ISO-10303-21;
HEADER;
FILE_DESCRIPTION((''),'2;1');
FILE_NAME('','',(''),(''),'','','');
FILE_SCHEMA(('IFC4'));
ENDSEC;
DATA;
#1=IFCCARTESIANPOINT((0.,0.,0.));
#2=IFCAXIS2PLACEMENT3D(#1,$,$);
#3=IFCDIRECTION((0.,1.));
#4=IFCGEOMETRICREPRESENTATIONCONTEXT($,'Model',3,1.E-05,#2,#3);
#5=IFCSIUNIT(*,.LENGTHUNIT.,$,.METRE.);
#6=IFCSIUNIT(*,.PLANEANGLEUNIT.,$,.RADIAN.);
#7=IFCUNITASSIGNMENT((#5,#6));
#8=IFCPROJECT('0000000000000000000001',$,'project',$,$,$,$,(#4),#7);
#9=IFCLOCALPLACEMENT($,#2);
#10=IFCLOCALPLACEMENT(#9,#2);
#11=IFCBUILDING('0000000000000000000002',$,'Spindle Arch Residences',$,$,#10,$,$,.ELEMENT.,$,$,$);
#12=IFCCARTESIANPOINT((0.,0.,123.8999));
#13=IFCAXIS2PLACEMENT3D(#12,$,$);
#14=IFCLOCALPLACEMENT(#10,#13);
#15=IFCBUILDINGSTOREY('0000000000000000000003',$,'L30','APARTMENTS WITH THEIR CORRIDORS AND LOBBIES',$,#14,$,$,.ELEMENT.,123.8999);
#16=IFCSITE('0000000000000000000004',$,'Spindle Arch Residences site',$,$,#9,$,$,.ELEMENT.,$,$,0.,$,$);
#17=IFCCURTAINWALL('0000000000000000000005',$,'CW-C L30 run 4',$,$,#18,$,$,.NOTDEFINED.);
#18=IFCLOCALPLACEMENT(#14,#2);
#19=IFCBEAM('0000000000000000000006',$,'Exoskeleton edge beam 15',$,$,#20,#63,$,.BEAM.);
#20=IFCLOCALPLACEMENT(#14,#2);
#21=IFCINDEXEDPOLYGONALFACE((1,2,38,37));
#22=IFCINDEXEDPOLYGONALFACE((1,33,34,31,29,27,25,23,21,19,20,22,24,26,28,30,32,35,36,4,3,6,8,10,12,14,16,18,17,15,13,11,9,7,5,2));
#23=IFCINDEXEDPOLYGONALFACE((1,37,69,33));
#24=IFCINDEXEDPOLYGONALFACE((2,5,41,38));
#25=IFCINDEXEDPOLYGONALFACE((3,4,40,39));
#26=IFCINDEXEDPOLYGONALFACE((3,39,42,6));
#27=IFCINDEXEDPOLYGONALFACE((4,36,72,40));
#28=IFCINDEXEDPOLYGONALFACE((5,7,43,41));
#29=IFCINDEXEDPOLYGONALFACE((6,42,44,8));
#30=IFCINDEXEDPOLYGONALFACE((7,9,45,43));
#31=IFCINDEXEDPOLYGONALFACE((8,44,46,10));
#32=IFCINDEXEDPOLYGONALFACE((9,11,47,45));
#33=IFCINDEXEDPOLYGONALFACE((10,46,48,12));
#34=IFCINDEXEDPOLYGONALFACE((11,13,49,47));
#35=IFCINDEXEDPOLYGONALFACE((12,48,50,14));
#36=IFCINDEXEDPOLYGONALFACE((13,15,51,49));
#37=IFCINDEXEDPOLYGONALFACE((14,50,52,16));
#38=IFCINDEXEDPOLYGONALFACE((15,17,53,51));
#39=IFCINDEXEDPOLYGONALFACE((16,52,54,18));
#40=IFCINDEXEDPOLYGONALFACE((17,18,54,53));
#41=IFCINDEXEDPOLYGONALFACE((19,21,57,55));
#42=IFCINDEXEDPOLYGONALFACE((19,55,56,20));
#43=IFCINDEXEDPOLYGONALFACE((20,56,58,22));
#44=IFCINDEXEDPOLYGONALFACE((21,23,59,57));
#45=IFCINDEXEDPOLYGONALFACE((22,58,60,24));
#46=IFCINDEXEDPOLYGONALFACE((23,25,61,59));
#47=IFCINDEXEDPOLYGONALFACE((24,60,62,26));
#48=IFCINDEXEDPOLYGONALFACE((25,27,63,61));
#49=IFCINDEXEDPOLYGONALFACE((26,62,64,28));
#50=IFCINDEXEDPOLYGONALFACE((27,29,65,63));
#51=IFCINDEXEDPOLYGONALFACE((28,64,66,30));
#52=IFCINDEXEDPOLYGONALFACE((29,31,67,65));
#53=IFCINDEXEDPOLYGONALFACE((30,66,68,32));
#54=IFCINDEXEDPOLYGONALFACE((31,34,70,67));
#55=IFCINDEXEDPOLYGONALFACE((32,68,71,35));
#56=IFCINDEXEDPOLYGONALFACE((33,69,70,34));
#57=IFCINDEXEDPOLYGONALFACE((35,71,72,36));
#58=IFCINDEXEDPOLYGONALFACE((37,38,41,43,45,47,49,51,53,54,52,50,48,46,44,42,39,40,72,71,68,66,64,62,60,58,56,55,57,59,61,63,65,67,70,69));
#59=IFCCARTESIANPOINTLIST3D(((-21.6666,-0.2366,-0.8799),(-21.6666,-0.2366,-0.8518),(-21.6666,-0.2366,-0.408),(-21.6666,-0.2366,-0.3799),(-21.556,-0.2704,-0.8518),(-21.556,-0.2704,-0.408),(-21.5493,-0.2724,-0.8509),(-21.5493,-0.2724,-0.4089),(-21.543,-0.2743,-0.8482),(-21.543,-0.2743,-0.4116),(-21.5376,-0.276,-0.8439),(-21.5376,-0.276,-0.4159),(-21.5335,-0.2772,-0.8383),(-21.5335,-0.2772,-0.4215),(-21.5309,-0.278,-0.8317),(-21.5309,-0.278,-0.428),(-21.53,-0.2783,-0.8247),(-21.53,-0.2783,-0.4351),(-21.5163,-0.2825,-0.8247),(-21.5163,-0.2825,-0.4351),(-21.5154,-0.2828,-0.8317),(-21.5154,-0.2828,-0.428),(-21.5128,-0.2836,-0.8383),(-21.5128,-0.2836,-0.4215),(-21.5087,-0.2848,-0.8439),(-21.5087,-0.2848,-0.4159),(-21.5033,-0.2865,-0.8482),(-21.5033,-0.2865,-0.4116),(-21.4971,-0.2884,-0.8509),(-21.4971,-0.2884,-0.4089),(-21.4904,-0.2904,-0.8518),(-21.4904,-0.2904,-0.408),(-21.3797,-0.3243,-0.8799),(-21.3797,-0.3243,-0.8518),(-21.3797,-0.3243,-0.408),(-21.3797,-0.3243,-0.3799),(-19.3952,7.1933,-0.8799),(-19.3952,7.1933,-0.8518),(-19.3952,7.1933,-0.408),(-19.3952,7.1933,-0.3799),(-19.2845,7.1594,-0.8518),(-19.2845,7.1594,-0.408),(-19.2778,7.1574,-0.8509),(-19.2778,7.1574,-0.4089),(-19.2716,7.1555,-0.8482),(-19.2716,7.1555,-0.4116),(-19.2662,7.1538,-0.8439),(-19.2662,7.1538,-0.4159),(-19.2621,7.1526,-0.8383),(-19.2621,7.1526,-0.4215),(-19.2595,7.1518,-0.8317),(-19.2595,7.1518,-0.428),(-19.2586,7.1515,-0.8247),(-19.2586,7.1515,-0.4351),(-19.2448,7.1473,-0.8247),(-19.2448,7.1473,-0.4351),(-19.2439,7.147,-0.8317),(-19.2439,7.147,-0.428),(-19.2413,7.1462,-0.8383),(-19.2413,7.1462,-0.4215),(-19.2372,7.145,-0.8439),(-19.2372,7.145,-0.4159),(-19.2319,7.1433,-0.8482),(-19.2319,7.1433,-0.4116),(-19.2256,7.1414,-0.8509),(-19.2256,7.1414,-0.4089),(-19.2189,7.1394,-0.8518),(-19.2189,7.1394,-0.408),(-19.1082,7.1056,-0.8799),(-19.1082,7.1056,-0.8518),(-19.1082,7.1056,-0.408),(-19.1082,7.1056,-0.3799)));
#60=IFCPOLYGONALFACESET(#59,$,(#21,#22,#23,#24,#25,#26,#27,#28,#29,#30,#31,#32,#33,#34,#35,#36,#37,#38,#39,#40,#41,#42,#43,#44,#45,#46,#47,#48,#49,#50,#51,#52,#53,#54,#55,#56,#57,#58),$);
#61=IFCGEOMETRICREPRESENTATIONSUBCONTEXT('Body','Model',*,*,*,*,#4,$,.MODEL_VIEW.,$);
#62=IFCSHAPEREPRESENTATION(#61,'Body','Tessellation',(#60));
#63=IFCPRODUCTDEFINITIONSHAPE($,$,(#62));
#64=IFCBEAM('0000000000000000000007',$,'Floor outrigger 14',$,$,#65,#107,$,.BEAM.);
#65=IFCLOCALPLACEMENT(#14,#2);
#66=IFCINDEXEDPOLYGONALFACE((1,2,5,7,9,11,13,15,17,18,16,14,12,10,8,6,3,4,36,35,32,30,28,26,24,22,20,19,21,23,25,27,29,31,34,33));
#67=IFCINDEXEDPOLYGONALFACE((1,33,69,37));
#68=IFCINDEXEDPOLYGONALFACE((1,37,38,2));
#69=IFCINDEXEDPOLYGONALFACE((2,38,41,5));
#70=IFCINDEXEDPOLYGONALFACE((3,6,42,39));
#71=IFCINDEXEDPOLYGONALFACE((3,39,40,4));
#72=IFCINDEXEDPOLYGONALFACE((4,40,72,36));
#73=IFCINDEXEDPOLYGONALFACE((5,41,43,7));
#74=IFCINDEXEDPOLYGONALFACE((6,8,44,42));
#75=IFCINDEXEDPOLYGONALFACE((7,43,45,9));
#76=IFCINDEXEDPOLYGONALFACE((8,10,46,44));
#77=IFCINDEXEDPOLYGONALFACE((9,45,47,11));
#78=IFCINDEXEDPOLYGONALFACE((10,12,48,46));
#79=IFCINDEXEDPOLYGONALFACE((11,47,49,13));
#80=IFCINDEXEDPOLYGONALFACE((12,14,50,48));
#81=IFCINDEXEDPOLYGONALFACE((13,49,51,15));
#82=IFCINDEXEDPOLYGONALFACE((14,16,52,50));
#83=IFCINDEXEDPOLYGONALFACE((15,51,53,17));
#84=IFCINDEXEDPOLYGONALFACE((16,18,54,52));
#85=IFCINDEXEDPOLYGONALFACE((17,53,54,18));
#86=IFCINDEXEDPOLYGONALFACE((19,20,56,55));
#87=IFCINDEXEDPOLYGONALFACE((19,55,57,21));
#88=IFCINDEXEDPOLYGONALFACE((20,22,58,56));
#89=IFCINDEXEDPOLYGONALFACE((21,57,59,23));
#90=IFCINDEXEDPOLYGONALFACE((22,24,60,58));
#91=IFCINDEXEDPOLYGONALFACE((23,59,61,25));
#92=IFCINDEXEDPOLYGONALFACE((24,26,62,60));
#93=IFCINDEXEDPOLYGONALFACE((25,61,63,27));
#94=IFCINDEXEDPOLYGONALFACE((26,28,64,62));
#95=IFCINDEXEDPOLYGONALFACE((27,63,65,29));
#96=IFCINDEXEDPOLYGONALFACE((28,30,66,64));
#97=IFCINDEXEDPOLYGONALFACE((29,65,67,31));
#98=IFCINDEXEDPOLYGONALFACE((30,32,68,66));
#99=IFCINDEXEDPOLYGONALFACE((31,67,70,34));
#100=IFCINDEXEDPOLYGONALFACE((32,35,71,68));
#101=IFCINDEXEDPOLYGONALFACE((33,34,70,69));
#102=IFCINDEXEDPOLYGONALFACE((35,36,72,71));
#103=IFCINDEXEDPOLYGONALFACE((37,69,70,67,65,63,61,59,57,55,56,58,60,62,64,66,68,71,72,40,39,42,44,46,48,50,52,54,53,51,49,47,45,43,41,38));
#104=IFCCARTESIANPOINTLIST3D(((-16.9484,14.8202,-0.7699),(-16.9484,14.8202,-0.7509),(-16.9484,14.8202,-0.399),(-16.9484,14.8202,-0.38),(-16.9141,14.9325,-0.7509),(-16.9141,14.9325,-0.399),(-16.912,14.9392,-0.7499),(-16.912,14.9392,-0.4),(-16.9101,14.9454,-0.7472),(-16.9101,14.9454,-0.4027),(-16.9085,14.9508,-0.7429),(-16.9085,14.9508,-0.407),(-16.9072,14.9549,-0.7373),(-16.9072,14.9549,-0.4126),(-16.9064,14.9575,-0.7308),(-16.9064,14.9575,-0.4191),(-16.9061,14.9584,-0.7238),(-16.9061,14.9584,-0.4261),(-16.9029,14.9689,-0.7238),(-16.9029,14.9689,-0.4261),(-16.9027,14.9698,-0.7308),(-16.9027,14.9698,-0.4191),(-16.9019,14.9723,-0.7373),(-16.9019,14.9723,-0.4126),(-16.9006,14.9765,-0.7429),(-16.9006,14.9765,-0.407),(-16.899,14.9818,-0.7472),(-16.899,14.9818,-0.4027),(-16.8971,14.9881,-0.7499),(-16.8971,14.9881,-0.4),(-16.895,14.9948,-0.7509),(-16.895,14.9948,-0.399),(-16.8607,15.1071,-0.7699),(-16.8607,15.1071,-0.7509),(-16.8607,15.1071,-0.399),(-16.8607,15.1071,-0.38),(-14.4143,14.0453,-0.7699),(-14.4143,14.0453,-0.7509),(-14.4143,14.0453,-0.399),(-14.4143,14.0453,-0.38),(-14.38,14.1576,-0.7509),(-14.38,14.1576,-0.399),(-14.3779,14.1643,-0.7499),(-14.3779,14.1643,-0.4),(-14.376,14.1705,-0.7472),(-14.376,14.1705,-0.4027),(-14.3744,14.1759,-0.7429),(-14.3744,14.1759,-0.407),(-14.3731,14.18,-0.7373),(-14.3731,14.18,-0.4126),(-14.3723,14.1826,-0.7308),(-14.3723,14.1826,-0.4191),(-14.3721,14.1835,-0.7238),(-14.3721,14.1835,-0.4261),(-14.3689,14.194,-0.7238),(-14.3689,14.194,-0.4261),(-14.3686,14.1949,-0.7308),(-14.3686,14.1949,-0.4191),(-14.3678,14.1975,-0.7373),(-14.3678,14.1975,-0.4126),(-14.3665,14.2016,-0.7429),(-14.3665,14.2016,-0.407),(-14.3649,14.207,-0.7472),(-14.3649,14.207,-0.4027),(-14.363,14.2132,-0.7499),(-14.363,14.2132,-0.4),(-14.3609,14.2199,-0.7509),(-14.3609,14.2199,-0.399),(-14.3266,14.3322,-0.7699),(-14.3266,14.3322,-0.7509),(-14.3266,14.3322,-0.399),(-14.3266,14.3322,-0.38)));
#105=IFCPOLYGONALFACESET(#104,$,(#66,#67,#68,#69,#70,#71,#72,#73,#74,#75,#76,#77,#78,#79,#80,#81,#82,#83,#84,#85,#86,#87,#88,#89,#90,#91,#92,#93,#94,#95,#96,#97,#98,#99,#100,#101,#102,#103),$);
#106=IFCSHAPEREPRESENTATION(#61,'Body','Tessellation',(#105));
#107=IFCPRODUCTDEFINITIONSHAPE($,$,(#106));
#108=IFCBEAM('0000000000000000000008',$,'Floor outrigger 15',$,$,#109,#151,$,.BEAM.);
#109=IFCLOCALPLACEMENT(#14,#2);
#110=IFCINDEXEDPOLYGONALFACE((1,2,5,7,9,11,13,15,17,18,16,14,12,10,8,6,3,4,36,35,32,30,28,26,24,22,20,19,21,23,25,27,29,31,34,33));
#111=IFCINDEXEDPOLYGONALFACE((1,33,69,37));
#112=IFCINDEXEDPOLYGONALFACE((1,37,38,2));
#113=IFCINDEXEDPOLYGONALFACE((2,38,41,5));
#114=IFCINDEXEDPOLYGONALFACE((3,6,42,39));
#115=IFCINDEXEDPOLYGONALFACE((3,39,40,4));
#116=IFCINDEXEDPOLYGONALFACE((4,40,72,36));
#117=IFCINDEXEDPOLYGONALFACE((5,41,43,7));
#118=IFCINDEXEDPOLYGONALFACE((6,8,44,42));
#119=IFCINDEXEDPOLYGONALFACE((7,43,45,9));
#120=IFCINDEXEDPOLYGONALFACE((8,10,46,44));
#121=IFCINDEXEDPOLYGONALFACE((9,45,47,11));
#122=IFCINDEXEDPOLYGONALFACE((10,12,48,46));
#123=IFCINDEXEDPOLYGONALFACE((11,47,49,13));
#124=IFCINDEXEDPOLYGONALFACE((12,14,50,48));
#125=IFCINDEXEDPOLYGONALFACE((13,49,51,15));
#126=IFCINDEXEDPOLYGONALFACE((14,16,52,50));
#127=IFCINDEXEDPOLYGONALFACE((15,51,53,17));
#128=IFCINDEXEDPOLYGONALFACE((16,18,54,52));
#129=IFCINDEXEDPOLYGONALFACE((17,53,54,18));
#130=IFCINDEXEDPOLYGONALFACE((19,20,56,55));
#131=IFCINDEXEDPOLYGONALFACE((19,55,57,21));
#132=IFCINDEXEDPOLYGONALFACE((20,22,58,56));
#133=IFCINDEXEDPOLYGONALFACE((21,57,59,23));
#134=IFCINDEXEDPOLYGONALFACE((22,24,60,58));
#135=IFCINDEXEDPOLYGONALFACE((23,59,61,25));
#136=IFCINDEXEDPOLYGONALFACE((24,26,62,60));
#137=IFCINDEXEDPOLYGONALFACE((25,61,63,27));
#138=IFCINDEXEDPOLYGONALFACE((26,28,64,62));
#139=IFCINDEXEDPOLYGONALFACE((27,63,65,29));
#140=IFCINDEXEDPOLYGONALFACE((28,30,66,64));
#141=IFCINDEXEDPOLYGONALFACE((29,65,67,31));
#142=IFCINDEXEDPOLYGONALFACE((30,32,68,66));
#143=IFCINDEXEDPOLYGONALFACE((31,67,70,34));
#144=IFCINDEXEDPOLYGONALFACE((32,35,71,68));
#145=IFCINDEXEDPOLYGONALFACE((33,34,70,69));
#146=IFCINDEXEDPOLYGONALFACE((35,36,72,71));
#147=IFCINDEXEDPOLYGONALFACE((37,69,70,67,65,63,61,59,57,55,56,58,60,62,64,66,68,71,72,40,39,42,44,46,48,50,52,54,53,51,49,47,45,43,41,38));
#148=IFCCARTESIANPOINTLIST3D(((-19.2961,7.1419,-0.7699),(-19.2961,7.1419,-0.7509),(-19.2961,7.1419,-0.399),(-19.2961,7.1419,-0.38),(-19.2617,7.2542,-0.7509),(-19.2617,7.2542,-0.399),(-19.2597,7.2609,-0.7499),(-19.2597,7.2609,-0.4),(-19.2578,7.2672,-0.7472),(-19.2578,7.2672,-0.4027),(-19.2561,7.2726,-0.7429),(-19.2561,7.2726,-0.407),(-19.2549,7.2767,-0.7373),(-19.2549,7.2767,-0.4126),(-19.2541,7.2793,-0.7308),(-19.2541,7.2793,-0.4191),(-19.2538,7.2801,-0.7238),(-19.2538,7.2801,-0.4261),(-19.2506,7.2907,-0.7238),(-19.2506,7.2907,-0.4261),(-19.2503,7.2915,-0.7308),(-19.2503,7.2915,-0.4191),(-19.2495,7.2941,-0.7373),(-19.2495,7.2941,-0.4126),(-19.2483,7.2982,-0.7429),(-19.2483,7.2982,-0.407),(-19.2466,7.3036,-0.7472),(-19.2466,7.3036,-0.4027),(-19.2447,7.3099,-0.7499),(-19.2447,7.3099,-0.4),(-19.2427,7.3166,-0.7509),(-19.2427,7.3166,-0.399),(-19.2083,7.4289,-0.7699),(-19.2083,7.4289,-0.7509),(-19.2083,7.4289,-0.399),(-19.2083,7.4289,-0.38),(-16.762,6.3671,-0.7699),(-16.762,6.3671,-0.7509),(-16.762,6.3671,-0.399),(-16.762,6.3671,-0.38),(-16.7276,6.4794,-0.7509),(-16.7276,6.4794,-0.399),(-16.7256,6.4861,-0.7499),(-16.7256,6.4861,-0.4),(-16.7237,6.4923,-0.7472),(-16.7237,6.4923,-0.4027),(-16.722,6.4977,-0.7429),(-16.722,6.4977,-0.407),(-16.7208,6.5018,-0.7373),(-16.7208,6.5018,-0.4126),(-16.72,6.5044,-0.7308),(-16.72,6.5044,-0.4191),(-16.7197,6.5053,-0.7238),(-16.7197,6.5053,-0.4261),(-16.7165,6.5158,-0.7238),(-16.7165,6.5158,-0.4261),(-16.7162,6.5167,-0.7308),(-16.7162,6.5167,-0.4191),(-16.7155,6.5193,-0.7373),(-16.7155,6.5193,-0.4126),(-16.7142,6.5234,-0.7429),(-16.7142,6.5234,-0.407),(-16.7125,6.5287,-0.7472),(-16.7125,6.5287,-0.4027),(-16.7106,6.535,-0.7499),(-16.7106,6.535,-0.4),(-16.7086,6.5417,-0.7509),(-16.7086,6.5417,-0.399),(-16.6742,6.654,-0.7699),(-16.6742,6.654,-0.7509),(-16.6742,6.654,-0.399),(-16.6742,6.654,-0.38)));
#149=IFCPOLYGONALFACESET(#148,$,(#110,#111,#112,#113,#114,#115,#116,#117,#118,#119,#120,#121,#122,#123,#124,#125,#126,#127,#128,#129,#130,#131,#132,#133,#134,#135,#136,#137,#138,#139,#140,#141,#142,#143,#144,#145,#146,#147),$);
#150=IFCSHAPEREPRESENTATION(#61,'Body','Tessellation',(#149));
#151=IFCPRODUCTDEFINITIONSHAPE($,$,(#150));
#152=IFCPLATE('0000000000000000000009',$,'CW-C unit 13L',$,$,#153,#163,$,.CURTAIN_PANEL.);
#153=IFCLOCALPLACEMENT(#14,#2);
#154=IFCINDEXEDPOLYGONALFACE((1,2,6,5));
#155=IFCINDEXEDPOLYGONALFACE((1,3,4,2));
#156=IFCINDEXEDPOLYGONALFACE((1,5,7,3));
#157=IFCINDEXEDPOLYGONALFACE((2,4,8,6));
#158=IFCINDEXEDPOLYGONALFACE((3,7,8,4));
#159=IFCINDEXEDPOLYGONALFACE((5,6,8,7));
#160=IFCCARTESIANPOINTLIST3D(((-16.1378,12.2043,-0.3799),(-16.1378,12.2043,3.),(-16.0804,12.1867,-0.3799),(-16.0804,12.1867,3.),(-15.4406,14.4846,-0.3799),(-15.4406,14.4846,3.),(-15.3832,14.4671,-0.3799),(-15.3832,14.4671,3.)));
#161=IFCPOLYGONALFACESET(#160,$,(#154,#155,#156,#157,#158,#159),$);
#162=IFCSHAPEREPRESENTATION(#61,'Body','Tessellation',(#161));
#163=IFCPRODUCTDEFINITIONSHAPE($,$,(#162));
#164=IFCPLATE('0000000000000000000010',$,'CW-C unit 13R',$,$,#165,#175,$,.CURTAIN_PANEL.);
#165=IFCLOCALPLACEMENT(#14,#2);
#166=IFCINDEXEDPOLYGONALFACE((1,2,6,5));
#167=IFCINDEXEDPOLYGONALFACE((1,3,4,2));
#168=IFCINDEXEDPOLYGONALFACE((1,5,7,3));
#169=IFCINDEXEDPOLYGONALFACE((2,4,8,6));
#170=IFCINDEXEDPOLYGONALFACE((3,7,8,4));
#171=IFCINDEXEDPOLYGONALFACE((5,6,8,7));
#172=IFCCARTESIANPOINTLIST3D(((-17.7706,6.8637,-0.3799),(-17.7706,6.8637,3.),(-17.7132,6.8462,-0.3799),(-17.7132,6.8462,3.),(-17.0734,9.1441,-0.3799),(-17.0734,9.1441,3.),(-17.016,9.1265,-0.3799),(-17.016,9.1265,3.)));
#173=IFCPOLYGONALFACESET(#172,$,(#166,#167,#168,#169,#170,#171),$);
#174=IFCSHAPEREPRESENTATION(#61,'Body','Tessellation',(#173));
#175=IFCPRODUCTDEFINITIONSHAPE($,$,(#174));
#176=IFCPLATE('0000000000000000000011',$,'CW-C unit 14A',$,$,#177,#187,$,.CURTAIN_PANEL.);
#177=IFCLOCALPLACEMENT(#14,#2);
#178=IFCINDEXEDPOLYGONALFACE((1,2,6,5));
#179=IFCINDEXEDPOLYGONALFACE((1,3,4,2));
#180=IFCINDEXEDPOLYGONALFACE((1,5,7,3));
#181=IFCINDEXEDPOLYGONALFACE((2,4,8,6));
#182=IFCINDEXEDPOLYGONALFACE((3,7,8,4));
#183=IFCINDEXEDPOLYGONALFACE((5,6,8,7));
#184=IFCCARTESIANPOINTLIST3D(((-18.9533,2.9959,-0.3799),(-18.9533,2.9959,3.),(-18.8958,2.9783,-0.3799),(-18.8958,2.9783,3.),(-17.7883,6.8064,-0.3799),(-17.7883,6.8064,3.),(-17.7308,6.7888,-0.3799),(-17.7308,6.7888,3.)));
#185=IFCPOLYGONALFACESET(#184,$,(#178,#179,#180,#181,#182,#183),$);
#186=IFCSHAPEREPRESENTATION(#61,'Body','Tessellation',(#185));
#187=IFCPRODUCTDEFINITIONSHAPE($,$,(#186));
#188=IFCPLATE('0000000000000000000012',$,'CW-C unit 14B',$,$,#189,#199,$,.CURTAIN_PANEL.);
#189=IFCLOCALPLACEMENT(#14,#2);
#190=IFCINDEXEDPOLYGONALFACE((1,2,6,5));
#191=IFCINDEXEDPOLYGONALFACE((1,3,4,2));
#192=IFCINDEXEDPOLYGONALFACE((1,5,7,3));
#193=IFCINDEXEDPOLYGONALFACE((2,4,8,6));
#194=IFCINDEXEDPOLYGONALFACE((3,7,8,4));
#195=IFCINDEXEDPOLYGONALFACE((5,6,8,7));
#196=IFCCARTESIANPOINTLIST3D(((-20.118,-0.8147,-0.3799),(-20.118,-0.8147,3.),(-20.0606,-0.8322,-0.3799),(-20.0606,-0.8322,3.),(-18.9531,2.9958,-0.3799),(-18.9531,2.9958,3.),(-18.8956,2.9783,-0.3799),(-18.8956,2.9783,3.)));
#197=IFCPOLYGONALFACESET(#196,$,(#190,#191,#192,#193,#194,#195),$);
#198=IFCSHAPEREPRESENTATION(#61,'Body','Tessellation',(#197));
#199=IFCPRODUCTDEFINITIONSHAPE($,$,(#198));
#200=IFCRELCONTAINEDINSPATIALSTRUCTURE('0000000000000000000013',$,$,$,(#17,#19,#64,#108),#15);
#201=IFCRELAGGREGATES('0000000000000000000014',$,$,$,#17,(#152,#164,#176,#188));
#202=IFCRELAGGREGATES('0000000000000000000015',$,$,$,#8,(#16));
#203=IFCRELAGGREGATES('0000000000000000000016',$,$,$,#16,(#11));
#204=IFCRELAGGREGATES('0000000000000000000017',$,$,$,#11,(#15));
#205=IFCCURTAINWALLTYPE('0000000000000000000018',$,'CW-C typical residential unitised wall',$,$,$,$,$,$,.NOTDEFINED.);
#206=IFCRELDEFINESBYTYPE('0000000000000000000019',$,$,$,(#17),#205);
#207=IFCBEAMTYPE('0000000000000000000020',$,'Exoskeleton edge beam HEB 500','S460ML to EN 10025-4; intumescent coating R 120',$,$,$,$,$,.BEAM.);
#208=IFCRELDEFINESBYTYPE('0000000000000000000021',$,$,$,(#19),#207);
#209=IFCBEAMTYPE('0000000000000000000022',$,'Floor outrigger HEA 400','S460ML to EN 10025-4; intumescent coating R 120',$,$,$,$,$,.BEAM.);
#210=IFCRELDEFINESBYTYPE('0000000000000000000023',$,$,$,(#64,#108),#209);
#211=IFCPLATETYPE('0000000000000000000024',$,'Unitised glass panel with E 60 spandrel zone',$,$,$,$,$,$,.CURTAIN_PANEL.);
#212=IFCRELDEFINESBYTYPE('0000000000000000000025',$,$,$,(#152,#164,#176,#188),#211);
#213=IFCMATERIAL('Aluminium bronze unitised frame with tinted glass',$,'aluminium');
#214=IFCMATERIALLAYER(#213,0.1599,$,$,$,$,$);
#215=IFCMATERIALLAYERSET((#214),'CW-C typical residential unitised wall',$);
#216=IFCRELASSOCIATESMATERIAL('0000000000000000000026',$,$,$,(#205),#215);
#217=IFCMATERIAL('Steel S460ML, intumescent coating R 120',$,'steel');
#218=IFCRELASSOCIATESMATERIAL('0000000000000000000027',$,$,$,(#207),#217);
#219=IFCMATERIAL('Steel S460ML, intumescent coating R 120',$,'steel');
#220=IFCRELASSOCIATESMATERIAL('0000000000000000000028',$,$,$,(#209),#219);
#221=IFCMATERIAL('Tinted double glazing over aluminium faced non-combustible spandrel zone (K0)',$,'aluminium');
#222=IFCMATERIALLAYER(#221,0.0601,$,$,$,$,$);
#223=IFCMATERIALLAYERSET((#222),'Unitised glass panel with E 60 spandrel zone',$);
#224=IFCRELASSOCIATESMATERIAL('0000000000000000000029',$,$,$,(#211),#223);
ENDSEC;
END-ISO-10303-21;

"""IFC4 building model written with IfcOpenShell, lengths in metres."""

from ifc_helpers import new_model, si_unit, direction, frame, origin, origin_2d, place, context, subcontext, project, spatial, rectangle, i_section, extrude, material, layer, layer_set, material_profile, profile_set, type_object, element, aggregate, save


model = new_model("IFC4")

# Units and contexts
model_context = context("Model", 3, precision=1e-05, world=origin(), true_north=direction((0.0, 1.0)))
body_context = subcontext(model_context, "Body", "Model", "MODEL_VIEW")
ifc_project = project(units=[si_unit("LENGTHUNIT", "METRE"), si_unit("PLANEANGLEUNIT", "RADIAN")], contexts=[model_context])

# Site, building, storey
site_placement = place(None, origin())
site = spatial("IfcSite", under=ifc_project, at=site_placement, Name="Spindle Arch Residences site", CompositionType="ELEMENT", RefElevation=0.0)
building_placement = place(site_placement, origin())
building = spatial("IfcBuilding", under=site, at=building_placement, Name="Spindle Arch Residences", CompositionType="ELEMENT")
storey_placement = place(building_placement, frame((0.0, 0.0, 123.8999)))
storey = spatial("IfcBuildingStorey", under=building, at=storey_placement, Name="L30", Description="APARTMENTS WITH THEIR CORRIDORS AND LOBBIES", CompositionType="ELEMENT", Elevation=123.8999)

# Curtain wall
ifc_material_1 = material(Name="Aluminium bronze unitised frame with tinted glass", Category="aluminium")
ifc_layer_1 = layer(ifc_material_1, 0.1599)
ifc_layer_set_1 = layer_set([ifc_layer_1], Name="CW-C typical residential unitised wall")
curtain_wall_type = type_object("IfcCurtainWallType", Name="CW-C typical residential unitised wall", PredefinedType="NOTDEFINED", material=ifc_layer_set_1)
curtain_wall_placement = place(storey_placement, origin())
curtain_wall = element("IfcCurtainWall", 1, at=curtain_wall_placement, inside=storey, type_object=curtain_wall_type, Name="CW-C L30 run 4", PredefinedType="NOTDEFINED")

# Beams
ifc_material_2 = material(Name="Steel S460ML, intumescent coating R 120", Category="steel")
ifc_material_profile_1 = material_profile(ifc_material_2, i_section(OverallWidth=0.3, OverallDepth=0.5, WebThickness=0.0144, FlangeThickness=0.0281, FilletRadius=0.0271, at=origin_2d()), Name="HEB 500")
ifc_profile_set_1 = profile_set([ifc_material_profile_1], Name="Steel S460ML, intumescent coating R 120")
beam_type_1 = type_object("IfcBeamType", Name="Exoskeleton edge beam HEB 500", Description="S460ML to EN 10025-4; intumescent coating R 120", PredefinedType="BEAM", material=ifc_profile_set_1)
beam_1_placement = place(storey_placement, frame((-19.2517, 7.1494, -0.6299), z_axis=(-0.292363, -0.956307, 0.0), x_axis=(0.956307, -0.292363, 0.0)))
element("IfcBeam", 2, at=beam_1_placement, inside=storey, type_object=beam_type_1, Name="Exoskeleton edge beam 15", PredefinedType="BEAM", context=body_context, shape_type="SweptSolid", body=[
    extrude(i_section(OverallWidth=0.3, OverallDepth=0.5, WebThickness=0.0144, FlangeThickness=0.0281, FilletRadius=0.0271, at=origin_2d()), origin(), (0.0, 0.0, 1.0), 7.7693),
])
ifc_material_3 = material(Name="Steel S460ML, intumescent coating R 120", Category="steel")
ifc_material_profile_2 = material_profile(ifc_material_3, i_section(OverallWidth=0.3, OverallDepth=0.3899, WebThickness=0.011, FlangeThickness=0.019, FilletRadius=0.0271, at=origin_2d()), Name="HEA 400")
ifc_profile_set_2 = profile_set([ifc_material_profile_2], Name="Steel S460ML, intumescent coating R 120")
beam_type_2 = type_object("IfcBeamType", Name="Floor outrigger HEA 400", Description="S460ML to EN 10025-4; intumescent coating R 120", PredefinedType="BEAM", material=ifc_profile_set_2)
for number, where, z_axis, x_axis, name in (
    (3, (-16.9045, 14.9636, -0.575), (0.956291, -0.292415, 0.0), (0.292415, 0.956291, 0.0), "Floor outrigger 14"),
    (4, (-19.2522, 7.2854, -0.575), (0.956291, -0.292415, 0.0), (0.292415, 0.956291, 0.0), "Floor outrigger 15"),
):
    element("IfcBeam", number, at=place(storey_placement, frame(where, z_axis=z_axis, x_axis=x_axis)), inside=storey, type_object=beam_type_2, Name=name, PredefinedType="BEAM", context=body_context, shape_type="SweptSolid", body=[
        extrude(i_section(OverallWidth=0.3, OverallDepth=0.3899, WebThickness=0.011, FlangeThickness=0.019, FilletRadius=0.0271, at=origin_2d()), origin(), (0.0, 0.0, 1.0), 2.6499),
    ])

# Plates
ifc_material_4 = material(Name="Tinted double glazing over aluminium faced non-combustible spandrel zone (K0)", Category="aluminium")
ifc_layer_2 = layer(ifc_material_4, 0.0601)
ifc_layer_set_2 = layer_set([ifc_layer_2], Name="Unitised glass panel with E 60 spandrel zone")
plate_type = type_object("IfcPlateType", Name="Unitised glass panel with E 60 spandrel zone", PredefinedType="CURTAIN_PANEL", material=ifc_layer_set_2)
plate_1_placement = place(storey_placement, frame((-15.7605, 13.3357, -0.3799), z_axis=(0.0, 0.0, 1.0), x_axis=(-0.292372, -0.956305, 0.0)))
plate_1 = element("IfcPlate", 5, at=plate_1_placement, type_object=plate_type, Name="CW-C unit 13L", PredefinedType="CURTAIN_PANEL", context=body_context, shape_type="SweptSolid", body=[
    extrude(rectangle(XDim=2.3845, YDim=0.0601, at=origin_2d()), origin(), (0.0, 0.0, 1.0), 3.3799),
])
plate_2_placement = place(storey_placement, frame((-17.3933, 7.9951, -0.3799), z_axis=(0.0, 0.0, 1.0), x_axis=(-0.292372, -0.956305, 0.0)))
plate_2 = element("IfcPlate", 6, at=plate_2_placement, type_object=plate_type, Name="CW-C unit 13R", PredefinedType="CURTAIN_PANEL", context=body_context, shape_type="SweptSolid", body=[
    extrude(rectangle(XDim=2.3845, YDim=0.0601, at=origin_2d()), origin(), (0.0, 0.0, 1.0), 3.3799),
])
plate_3_placement = place(storey_placement, frame((-18.342, 4.8923, -0.3799), z_axis=(0.0, 0.0, 1.0), x_axis=(-0.292372, -0.956305, 0.0)))
plate_3 = element("IfcPlate", 7, at=plate_3_placement, type_object=plate_type, Name="CW-C unit 14A", PredefinedType="CURTAIN_PANEL", context=body_context, shape_type="SweptSolid", body=[
    extrude(rectangle(XDim=3.9846, YDim=0.0601, at=origin_2d()), origin(), (0.0, 0.0, 1.0), 3.3799),
])
plate_4_placement = place(storey_placement, frame((-19.5068, 1.0818, -0.3799), z_axis=(0.0, 0.0, 1.0), x_axis=(-0.292372, -0.956305, 0.0)))
plate_4 = element("IfcPlate", 8, at=plate_4_placement, type_object=plate_type, Name="CW-C unit 14B", PredefinedType="CURTAIN_PANEL", context=body_context, shape_type="SweptSolid", body=[
    extrude(rectangle(XDim=3.9846, YDim=0.0601, at=origin_2d()), origin(), (0.0, 0.0, 1.0), 3.3799),
])
aggregate(curtain_wall, [plate_1, plate_2, plate_3, plate_4])

save(model, "model.ifc")
